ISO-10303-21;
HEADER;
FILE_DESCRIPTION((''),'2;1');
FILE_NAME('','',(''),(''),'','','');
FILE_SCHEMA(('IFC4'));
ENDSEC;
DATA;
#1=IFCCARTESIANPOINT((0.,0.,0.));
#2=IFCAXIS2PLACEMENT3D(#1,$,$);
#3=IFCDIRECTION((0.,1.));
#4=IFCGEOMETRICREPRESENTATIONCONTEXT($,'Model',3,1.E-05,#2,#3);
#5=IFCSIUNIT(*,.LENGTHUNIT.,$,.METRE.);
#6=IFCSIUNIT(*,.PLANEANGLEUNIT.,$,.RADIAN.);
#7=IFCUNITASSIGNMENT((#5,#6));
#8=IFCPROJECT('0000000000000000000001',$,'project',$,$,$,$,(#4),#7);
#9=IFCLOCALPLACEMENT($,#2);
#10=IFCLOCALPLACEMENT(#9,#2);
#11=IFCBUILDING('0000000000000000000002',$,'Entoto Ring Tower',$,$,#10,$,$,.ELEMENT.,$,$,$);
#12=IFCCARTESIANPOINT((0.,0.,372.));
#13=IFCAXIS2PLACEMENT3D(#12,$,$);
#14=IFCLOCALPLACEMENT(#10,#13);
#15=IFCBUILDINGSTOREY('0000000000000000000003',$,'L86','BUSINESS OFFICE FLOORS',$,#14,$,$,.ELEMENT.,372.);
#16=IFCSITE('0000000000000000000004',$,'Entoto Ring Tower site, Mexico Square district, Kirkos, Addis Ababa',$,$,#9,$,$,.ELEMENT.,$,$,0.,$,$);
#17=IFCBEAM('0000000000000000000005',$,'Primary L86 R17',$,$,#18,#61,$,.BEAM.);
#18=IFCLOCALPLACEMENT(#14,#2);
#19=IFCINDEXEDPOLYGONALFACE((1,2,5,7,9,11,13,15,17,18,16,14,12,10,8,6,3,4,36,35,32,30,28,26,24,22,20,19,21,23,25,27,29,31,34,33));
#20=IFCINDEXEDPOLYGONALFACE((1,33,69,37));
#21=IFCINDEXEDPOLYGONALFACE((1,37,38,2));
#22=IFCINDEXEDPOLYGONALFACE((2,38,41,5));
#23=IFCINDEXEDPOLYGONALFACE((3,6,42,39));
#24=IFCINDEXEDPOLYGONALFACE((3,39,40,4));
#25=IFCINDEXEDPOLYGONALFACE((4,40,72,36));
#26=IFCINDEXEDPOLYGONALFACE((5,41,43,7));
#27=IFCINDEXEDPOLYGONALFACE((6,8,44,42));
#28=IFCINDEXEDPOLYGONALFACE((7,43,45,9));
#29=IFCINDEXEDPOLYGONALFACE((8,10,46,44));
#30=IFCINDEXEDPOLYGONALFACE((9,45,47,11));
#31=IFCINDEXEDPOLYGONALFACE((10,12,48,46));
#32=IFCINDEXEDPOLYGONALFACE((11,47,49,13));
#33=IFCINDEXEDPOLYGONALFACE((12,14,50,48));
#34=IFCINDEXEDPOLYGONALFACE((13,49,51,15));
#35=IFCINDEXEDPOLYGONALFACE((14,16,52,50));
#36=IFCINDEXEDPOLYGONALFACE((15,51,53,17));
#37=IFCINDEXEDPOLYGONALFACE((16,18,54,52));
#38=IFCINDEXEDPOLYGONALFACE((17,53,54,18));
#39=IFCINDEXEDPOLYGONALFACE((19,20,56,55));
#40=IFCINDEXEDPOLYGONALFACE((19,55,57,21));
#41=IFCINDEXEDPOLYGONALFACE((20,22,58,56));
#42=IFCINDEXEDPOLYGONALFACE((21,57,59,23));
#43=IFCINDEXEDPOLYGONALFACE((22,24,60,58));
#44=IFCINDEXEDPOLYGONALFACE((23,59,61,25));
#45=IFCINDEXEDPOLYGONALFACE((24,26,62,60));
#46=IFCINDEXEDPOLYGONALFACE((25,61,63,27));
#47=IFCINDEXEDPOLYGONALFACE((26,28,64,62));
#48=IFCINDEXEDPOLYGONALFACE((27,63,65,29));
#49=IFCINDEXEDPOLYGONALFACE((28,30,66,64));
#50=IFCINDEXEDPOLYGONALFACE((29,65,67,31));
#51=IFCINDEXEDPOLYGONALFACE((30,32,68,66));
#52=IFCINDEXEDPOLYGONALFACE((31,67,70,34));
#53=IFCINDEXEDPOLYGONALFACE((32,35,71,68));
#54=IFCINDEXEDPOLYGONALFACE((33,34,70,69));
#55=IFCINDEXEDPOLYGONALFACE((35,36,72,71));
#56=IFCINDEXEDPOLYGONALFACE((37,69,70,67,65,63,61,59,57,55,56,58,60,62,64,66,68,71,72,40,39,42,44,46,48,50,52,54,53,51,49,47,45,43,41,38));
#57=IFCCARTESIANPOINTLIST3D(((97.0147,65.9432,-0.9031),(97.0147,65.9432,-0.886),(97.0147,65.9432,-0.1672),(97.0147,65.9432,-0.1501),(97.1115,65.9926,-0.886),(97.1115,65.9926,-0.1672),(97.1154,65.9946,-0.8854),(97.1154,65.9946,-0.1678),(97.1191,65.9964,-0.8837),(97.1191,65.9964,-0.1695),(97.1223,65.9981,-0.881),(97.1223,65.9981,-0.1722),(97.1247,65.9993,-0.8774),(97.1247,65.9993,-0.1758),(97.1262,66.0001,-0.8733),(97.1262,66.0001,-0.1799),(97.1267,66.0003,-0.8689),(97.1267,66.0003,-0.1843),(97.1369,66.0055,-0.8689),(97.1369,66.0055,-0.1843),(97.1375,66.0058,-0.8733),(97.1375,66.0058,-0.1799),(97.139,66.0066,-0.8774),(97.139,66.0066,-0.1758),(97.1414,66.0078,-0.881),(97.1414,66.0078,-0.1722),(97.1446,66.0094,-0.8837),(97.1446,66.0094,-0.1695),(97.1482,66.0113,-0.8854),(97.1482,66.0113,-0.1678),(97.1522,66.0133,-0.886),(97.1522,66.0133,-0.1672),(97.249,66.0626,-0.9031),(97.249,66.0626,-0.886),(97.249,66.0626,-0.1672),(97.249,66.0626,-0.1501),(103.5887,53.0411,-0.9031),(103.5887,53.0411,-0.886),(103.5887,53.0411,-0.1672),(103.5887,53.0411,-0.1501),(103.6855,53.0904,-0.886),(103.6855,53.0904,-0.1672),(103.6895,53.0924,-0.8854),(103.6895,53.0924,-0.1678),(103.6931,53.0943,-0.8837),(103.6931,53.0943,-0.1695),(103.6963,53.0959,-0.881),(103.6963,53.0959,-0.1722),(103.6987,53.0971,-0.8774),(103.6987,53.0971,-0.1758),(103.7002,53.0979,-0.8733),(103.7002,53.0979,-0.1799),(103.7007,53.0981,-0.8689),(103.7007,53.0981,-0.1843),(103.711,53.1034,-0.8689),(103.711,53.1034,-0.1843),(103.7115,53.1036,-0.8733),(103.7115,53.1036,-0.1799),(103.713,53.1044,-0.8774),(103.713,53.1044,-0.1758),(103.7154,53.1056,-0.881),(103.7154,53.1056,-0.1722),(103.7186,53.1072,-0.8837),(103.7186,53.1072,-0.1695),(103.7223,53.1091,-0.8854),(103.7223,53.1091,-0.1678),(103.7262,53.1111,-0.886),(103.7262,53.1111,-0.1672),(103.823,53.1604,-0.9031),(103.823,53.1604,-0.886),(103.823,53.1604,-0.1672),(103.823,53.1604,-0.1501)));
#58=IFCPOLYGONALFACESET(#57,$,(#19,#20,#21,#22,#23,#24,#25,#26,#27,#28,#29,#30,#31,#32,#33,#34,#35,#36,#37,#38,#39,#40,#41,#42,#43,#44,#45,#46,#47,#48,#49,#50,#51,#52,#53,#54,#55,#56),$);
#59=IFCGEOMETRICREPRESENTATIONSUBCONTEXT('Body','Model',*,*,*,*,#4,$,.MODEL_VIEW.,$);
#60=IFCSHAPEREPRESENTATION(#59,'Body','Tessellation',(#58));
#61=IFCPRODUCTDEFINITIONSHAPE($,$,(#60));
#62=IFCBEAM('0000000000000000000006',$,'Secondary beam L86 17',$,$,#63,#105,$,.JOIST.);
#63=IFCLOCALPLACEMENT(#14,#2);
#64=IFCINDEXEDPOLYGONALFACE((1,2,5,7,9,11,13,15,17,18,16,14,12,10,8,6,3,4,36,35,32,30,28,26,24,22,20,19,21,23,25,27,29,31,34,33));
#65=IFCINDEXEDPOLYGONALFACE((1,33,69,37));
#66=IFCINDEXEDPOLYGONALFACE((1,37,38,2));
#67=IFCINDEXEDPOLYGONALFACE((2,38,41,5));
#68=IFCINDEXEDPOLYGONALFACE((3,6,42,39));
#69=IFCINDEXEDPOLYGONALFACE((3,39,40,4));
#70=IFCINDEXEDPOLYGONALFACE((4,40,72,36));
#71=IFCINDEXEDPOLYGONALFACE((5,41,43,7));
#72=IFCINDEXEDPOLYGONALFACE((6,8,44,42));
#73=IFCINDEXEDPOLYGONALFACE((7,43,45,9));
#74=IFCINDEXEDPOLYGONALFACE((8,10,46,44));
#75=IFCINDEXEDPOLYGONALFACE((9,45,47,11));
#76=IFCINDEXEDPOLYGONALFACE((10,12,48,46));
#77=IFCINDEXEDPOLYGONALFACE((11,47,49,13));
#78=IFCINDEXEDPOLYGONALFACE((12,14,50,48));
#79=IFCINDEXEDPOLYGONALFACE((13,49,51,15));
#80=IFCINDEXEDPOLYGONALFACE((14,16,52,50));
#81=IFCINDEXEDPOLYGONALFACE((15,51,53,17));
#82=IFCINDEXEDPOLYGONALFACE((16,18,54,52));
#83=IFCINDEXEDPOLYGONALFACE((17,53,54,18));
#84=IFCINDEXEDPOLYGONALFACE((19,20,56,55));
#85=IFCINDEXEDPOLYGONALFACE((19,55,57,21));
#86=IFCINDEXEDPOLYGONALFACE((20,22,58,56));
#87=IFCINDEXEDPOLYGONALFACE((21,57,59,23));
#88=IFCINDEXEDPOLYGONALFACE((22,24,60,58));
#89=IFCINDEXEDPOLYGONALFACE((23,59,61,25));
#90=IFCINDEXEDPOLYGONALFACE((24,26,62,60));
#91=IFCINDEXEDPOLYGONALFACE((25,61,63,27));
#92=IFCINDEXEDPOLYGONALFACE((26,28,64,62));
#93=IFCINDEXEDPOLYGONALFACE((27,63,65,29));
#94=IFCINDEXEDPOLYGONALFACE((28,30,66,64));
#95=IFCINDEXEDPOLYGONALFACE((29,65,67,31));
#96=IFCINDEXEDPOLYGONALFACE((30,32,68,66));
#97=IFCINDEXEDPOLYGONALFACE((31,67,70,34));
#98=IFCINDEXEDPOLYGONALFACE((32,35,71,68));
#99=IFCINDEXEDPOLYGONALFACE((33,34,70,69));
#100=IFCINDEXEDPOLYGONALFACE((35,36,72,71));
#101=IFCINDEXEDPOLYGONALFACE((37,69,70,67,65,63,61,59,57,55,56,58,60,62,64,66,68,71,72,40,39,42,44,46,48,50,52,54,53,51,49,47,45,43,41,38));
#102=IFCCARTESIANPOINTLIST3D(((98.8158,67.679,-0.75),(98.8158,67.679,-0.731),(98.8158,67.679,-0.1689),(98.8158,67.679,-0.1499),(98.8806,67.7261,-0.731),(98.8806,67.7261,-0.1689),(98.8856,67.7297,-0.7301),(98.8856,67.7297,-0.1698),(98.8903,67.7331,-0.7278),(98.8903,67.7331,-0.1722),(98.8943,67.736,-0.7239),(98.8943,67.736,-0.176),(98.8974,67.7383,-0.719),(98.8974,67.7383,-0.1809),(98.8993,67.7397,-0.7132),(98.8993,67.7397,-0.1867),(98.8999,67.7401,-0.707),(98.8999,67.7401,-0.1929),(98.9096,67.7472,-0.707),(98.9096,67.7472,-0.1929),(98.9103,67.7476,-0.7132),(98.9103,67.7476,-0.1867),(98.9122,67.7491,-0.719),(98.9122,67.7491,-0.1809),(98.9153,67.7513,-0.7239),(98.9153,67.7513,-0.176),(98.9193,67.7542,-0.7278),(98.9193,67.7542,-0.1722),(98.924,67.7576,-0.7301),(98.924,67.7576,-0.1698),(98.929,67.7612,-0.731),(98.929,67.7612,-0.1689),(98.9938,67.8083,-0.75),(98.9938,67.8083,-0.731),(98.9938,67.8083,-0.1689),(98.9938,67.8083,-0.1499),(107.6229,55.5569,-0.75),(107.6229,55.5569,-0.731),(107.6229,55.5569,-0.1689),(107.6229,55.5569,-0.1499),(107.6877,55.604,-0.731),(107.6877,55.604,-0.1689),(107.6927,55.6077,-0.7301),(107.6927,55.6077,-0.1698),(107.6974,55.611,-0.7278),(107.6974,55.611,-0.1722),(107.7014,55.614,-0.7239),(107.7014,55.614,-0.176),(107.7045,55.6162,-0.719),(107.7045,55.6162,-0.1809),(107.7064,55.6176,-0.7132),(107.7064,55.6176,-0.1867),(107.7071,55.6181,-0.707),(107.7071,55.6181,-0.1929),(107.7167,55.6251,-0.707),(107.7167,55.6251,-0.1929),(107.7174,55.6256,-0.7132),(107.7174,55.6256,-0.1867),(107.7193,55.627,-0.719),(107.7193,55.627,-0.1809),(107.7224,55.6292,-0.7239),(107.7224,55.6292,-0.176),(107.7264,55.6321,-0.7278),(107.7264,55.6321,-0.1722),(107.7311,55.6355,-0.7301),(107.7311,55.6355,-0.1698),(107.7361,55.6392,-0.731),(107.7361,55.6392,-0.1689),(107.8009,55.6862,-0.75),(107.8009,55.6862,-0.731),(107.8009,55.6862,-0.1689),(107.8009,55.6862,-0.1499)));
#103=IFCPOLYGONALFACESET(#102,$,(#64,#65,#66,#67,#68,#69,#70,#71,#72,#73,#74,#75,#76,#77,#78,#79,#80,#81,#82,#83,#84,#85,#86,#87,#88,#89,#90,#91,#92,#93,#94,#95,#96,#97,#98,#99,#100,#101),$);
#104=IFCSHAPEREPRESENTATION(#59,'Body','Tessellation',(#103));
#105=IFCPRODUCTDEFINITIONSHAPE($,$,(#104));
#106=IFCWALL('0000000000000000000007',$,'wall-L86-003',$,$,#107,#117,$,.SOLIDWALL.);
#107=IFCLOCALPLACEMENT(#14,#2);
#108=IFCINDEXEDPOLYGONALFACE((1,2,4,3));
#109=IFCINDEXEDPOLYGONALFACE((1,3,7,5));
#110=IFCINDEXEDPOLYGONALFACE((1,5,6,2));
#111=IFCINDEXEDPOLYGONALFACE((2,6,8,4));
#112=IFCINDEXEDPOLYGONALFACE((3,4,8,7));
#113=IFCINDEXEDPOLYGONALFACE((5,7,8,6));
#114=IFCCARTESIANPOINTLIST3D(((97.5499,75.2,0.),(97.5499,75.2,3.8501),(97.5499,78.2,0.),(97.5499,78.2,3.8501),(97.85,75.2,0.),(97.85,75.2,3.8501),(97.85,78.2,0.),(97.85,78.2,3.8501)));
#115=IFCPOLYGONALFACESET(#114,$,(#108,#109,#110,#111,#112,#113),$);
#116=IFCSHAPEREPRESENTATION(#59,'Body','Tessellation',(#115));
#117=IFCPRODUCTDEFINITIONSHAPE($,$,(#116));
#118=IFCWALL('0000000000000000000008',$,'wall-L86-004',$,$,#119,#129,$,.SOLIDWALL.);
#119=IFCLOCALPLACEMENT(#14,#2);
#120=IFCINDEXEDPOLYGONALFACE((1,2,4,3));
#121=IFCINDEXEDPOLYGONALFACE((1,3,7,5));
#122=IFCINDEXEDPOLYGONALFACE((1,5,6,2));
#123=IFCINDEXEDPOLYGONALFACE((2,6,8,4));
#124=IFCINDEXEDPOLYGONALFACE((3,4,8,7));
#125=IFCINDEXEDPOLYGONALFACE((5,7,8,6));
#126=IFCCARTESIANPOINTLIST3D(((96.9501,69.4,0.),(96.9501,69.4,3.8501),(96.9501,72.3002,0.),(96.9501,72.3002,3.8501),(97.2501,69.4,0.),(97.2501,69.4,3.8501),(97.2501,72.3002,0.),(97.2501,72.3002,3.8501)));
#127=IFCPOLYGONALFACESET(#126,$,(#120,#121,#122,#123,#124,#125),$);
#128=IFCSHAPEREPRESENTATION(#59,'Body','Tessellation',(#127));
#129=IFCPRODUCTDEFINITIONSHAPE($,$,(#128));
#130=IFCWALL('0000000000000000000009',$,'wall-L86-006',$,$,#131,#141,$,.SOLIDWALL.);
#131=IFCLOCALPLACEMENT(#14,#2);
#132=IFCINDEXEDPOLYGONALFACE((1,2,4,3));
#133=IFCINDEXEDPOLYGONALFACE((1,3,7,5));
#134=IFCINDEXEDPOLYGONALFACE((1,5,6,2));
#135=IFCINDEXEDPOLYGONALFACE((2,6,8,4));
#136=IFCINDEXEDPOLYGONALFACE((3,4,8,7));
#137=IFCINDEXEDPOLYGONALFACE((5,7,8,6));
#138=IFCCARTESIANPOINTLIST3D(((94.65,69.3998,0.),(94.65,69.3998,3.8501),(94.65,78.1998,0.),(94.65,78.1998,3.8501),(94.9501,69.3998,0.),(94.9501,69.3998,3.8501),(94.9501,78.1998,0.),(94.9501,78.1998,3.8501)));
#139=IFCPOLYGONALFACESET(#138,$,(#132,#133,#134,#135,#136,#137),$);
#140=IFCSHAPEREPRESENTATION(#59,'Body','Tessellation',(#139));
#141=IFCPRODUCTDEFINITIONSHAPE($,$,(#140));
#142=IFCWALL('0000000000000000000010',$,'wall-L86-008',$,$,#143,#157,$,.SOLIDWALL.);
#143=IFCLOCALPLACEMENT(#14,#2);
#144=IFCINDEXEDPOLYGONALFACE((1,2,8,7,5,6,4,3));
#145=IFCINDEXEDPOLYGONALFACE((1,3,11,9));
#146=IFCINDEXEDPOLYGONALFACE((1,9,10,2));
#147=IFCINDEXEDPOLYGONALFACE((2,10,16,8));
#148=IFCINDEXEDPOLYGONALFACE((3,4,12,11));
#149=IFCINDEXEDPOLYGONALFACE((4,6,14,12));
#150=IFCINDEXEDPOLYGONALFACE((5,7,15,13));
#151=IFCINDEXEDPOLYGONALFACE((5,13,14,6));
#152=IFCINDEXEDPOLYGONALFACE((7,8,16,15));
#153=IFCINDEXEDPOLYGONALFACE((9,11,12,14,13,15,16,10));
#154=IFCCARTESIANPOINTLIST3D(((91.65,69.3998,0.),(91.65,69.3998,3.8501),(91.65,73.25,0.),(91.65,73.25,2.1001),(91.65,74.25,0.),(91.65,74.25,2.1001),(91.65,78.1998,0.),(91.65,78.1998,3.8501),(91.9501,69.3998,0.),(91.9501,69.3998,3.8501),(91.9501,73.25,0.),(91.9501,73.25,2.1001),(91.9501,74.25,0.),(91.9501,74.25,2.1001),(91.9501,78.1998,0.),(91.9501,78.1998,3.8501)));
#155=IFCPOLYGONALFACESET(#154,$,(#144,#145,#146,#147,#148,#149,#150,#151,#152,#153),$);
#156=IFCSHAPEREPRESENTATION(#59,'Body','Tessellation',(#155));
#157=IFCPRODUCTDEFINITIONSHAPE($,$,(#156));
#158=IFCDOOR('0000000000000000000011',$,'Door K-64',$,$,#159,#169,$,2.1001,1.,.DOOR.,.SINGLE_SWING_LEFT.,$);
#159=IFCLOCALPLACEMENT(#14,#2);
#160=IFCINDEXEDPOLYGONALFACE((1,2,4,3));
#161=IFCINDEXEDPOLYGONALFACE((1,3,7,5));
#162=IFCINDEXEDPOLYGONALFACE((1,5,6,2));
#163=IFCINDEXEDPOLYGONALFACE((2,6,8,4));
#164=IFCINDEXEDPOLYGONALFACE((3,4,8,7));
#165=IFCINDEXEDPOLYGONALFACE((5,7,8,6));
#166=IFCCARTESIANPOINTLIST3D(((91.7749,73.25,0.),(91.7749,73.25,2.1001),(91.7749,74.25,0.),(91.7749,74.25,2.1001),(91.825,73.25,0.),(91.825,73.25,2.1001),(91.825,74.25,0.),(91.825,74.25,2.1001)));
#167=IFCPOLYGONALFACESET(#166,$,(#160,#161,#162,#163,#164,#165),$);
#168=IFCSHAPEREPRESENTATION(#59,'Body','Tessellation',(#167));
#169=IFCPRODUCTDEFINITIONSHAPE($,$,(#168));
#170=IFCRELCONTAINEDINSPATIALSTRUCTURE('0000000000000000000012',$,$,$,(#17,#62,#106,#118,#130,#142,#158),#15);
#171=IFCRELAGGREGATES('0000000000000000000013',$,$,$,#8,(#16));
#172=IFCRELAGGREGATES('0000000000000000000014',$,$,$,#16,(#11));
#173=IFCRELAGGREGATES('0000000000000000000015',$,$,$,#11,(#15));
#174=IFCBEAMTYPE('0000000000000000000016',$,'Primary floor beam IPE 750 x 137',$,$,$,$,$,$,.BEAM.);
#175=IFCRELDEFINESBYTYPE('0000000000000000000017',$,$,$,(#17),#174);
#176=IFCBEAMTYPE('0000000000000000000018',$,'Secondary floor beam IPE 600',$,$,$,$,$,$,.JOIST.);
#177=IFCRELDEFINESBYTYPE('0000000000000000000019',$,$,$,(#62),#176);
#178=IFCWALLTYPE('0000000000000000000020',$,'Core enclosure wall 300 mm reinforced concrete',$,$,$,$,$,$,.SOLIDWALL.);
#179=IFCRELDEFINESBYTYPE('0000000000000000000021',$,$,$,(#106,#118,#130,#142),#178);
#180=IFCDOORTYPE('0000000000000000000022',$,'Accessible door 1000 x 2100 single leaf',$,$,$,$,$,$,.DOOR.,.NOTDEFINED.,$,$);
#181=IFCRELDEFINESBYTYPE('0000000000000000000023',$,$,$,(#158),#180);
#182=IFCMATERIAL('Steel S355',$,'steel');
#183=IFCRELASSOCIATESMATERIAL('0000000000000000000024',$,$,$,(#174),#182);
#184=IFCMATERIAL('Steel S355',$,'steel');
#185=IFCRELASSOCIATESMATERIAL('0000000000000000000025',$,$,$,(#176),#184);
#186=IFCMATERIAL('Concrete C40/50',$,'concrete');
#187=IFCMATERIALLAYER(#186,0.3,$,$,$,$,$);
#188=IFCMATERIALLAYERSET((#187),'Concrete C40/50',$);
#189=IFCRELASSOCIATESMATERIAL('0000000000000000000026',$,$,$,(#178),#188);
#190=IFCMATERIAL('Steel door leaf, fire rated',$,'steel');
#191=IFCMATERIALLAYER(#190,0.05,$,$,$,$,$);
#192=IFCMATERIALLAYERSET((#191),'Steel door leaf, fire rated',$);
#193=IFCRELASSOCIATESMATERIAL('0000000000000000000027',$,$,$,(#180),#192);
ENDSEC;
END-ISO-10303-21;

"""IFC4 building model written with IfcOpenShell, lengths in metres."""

from ifc_helpers import new_model, si_unit, direction, frame, frame_2d, origin, origin_2d, place, context, subcontext, project, spatial, rectangle, i_section, extrude, material, layer, layer_set, material_profile, profile_set, type_object, element, fill, save


model = new_model("IFC4")

# Units and contexts
model_context = context("Model", 3, precision=1e-05, world=origin(), true_north=direction((0.0, 1.0)))
body_context = subcontext(model_context, "Body", "Model", "MODEL_VIEW")
ifc_project = project(units=[si_unit("LENGTHUNIT", "METRE"), si_unit("PLANEANGLEUNIT", "RADIAN")], contexts=[model_context])

# Site, building, storey
site_placement = place(None, origin())
site = spatial("IfcSite", under=ifc_project, at=site_placement, Name="Entoto Ring Tower site, Mexico Square district, Kirkos, Addis Ababa", CompositionType="ELEMENT", RefElevation=0.0)
building_placement = place(site_placement, origin())
building = spatial("IfcBuilding", under=site, at=building_placement, Name="Entoto Ring Tower", CompositionType="ELEMENT")
storey_placement = place(building_placement, frame((0.0, 0.0, 372.0)))
storey = spatial("IfcBuildingStorey", under=building, at=storey_placement, Name="L86", Description="BUSINESS OFFICE FLOORS", CompositionType="ELEMENT", Elevation=372.0)

# Beams
ifc_material_1 = material(Name="Steel S355", Category="steel")
ifc_material_profile_1 = material_profile(ifc_material_1, i_section(OverallWidth=0.2629, OverallDepth=0.7529, WebThickness=0.0115, FlangeThickness=0.0171, FilletRadius=0.0171, at=origin_2d()), Name="IPE 750 x 137")
ifc_profile_set_1 = profile_set([ifc_material_profile_1], Name="Steel S355")
beam_type_1 = type_object("IfcBeamType", Name="Primary floor beam IPE 750 x 137", PredefinedType="BEAM", material=ifc_profile_set_1)
beam_1_placement = place(storey_placement, frame((97.1318, 66.0029, -0.5266), z_axis=(0.453992, -0.891006, 0.0), x_axis=(0.891006, 0.453992, 0.0)))
element("IfcBeam", 1, at=beam_1_placement, inside=storey, type_object=beam_type_1, Name="Primary L86 R17", PredefinedType="BEAM", context=body_context, shape_type="SweptSolid", body=[
    extrude(i_section(OverallWidth=0.2629, OverallDepth=0.7529, WebThickness=0.0115, FlangeThickness=0.0171, FilletRadius=0.0171, at=origin_2d()), origin(), (0.0, 0.0, 1.0), 14.4805),
])
ifc_material_2 = material(Name="Steel S355", Category="steel")
ifc_material_profile_2 = material_profile(ifc_material_2, i_section(OverallWidth=0.22, OverallDepth=0.6001, WebThickness=0.012, FlangeThickness=0.019, FilletRadius=0.0239, at=origin_2d()), Name="IPE 600")
ifc_profile_set_2 = profile_set([ifc_material_profile_2], Name="Steel S355")
beam_type_2 = type_object("IfcBeamType", Name="Secondary floor beam IPE 600", PredefinedType="JOIST", material=ifc_profile_set_2)
beam_2_placement = place(storey_placement, frame((98.9048, 67.7437, -0.45), z_axis=(0.587782, -0.809019, 0.0), x_axis=(0.809019, 0.587782, 0.0)))
element("IfcBeam", 2, at=beam_2_placement, inside=storey, type_object=beam_type_2, Name="Secondary beam L86 17", PredefinedType="JOIST", context=body_context, shape_type="SweptSolid", body=[
    extrude(i_section(OverallWidth=0.22, OverallDepth=0.6001, WebThickness=0.012, FlangeThickness=0.019, FilletRadius=0.0239, at=origin_2d()), origin(), (0.0, 0.0, 1.0), 14.9836),
])

# Walls
ifc_material_3 = material(Name="Concrete C40/50", Category="concrete")
ifc_layer_1 = layer(ifc_material_3, 0.3)
ifc_layer_set_1 = layer_set([ifc_layer_1], Name="Concrete C40/50")
wall_type_1 = type_object("IfcWallType", Name="Core enclosure wall 300 mm reinforced concrete", PredefinedType="SOLIDWALL", material=ifc_layer_set_1)
wall_1_placement = place(storey_placement, frame((97.7, 75.2, 0.0), z_axis=(0.0, 0.0, 1.0), x_axis=(0.0, 1.0, 0.0)))
element("IfcWall", 3, at=wall_1_placement, inside=storey, type_object=wall_type_1, Name="wall-L86-003", PredefinedType="SOLIDWALL", context=body_context, shape_type="SweptSolid", body=[
    extrude(rectangle(XDim=3.0, YDim=0.3, at=frame_2d((1.5, 0.0))), origin(), (0.0, 0.0, 1.0), 3.8501),
])
wall_2_placement = place(storey_placement, frame((97.1001, 69.3999, 0.0), z_axis=(0.0, 0.0, 1.0), x_axis=(0.0, 1.0, 0.0)))
element("IfcWall", 4, at=wall_2_placement, inside=storey, type_object=wall_type_1, Name="wall-L86-004", PredefinedType="SOLIDWALL", context=body_context, shape_type="SweptSolid", body=[
    extrude(rectangle(XDim=2.9001, YDim=0.3, at=frame_2d((1.4502, 0.0))), origin(), (0.0, 0.0, 1.0), 3.8501),
])
wall_3_placement = place(storey_placement, frame((94.8, 69.3999, 0.0), z_axis=(0.0, 0.0, 1.0), x_axis=(0.0, 1.0, 0.0)))
element("IfcWall", 5, at=wall_3_placement, inside=storey, type_object=wall_type_1, Name="wall-L86-006", PredefinedType="SOLIDWALL", context=body_context, shape_type="SweptSolid", body=[
    extrude(rectangle(XDim=8.8, YDim=0.3, at=frame_2d((4.3999, 0.0))), origin(), (0.0, 0.0, 1.0), 3.8501),
])

# Wall, opening, door
wall_4_placement = place(storey_placement, frame((91.8, 69.3999, 0.0), z_axis=(0.0, 0.0, 1.0), x_axis=(0.0, 1.0, 0.0)))
wall_4 = element("IfcWall", 6, at=wall_4_placement, inside=storey, type_object=wall_type_1, Name="wall-L86-008", PredefinedType="SOLIDWALL", context=body_context, shape_type="SweptSolid", body=[
    extrude(rectangle(XDim=8.8, YDim=0.3, at=frame_2d((4.3999, 0.0))), origin(), (0.0, 0.0, 1.0), 3.8501),
])
opening_1_placement = place(wall_4_placement, frame((3.8501, 0.0, 0.0)))
opening_1 = element("IfcOpeningElement", 7, at=opening_1_placement, cuts=wall_4, PredefinedType="OPENING", context=body_context, shape_type="SweptSolid", body=[
    extrude(rectangle(XDim=1.0, YDim=2.1001, at=frame_2d((0.5, 1.05))), frame((0.0, 0.1602, 0.0), z_axis=(0.0, -1.0, 0.0), x_axis=(1.0, 0.0, 0.0)), (0.0, 0.0, 1.0), 0.3201),
])
ifc_material_4 = material(Name="Steel door leaf, fire rated", Category="steel")
ifc_layer_2 = layer(ifc_material_4, 0.05)
ifc_layer_set_2 = layer_set([ifc_layer_2], Name="Steel door leaf, fire rated")
door_type_1 = type_object("IfcDoorType", Name="Accessible door 1000 x 2100 single leaf", OperationType="NOTDEFINED", PredefinedType="DOOR", material=ifc_layer_set_2)
door_1_placement = place(opening_1_placement, frame((1.0, 0.0, 0.0), z_axis=(0.0, 0.0, 1.0), x_axis=(-1.0, 0.0, 0.0)))
door_1 = element("IfcDoor", 8, at=door_1_placement, inside=storey, type_object=door_type_1, Name="Door K-64", OperationType="SINGLE_SWING_LEFT", OverallHeight=2.1001, OverallWidth=1.0, PredefinedType="DOOR", context=body_context, shape_type="SweptSolid", body=[
    extrude(rectangle(XDim=1.0, YDim=2.1001, at=frame_2d((0.5, 1.05))), frame((0.0, 0.0249, 0.0), z_axis=(0.0, -1.0, 0.0), x_axis=(1.0, 0.0, 0.0)), (0.0, 0.0, 1.0), 0.05),
])
fill(opening_1, door_1)

save(model, "model.ifc")
